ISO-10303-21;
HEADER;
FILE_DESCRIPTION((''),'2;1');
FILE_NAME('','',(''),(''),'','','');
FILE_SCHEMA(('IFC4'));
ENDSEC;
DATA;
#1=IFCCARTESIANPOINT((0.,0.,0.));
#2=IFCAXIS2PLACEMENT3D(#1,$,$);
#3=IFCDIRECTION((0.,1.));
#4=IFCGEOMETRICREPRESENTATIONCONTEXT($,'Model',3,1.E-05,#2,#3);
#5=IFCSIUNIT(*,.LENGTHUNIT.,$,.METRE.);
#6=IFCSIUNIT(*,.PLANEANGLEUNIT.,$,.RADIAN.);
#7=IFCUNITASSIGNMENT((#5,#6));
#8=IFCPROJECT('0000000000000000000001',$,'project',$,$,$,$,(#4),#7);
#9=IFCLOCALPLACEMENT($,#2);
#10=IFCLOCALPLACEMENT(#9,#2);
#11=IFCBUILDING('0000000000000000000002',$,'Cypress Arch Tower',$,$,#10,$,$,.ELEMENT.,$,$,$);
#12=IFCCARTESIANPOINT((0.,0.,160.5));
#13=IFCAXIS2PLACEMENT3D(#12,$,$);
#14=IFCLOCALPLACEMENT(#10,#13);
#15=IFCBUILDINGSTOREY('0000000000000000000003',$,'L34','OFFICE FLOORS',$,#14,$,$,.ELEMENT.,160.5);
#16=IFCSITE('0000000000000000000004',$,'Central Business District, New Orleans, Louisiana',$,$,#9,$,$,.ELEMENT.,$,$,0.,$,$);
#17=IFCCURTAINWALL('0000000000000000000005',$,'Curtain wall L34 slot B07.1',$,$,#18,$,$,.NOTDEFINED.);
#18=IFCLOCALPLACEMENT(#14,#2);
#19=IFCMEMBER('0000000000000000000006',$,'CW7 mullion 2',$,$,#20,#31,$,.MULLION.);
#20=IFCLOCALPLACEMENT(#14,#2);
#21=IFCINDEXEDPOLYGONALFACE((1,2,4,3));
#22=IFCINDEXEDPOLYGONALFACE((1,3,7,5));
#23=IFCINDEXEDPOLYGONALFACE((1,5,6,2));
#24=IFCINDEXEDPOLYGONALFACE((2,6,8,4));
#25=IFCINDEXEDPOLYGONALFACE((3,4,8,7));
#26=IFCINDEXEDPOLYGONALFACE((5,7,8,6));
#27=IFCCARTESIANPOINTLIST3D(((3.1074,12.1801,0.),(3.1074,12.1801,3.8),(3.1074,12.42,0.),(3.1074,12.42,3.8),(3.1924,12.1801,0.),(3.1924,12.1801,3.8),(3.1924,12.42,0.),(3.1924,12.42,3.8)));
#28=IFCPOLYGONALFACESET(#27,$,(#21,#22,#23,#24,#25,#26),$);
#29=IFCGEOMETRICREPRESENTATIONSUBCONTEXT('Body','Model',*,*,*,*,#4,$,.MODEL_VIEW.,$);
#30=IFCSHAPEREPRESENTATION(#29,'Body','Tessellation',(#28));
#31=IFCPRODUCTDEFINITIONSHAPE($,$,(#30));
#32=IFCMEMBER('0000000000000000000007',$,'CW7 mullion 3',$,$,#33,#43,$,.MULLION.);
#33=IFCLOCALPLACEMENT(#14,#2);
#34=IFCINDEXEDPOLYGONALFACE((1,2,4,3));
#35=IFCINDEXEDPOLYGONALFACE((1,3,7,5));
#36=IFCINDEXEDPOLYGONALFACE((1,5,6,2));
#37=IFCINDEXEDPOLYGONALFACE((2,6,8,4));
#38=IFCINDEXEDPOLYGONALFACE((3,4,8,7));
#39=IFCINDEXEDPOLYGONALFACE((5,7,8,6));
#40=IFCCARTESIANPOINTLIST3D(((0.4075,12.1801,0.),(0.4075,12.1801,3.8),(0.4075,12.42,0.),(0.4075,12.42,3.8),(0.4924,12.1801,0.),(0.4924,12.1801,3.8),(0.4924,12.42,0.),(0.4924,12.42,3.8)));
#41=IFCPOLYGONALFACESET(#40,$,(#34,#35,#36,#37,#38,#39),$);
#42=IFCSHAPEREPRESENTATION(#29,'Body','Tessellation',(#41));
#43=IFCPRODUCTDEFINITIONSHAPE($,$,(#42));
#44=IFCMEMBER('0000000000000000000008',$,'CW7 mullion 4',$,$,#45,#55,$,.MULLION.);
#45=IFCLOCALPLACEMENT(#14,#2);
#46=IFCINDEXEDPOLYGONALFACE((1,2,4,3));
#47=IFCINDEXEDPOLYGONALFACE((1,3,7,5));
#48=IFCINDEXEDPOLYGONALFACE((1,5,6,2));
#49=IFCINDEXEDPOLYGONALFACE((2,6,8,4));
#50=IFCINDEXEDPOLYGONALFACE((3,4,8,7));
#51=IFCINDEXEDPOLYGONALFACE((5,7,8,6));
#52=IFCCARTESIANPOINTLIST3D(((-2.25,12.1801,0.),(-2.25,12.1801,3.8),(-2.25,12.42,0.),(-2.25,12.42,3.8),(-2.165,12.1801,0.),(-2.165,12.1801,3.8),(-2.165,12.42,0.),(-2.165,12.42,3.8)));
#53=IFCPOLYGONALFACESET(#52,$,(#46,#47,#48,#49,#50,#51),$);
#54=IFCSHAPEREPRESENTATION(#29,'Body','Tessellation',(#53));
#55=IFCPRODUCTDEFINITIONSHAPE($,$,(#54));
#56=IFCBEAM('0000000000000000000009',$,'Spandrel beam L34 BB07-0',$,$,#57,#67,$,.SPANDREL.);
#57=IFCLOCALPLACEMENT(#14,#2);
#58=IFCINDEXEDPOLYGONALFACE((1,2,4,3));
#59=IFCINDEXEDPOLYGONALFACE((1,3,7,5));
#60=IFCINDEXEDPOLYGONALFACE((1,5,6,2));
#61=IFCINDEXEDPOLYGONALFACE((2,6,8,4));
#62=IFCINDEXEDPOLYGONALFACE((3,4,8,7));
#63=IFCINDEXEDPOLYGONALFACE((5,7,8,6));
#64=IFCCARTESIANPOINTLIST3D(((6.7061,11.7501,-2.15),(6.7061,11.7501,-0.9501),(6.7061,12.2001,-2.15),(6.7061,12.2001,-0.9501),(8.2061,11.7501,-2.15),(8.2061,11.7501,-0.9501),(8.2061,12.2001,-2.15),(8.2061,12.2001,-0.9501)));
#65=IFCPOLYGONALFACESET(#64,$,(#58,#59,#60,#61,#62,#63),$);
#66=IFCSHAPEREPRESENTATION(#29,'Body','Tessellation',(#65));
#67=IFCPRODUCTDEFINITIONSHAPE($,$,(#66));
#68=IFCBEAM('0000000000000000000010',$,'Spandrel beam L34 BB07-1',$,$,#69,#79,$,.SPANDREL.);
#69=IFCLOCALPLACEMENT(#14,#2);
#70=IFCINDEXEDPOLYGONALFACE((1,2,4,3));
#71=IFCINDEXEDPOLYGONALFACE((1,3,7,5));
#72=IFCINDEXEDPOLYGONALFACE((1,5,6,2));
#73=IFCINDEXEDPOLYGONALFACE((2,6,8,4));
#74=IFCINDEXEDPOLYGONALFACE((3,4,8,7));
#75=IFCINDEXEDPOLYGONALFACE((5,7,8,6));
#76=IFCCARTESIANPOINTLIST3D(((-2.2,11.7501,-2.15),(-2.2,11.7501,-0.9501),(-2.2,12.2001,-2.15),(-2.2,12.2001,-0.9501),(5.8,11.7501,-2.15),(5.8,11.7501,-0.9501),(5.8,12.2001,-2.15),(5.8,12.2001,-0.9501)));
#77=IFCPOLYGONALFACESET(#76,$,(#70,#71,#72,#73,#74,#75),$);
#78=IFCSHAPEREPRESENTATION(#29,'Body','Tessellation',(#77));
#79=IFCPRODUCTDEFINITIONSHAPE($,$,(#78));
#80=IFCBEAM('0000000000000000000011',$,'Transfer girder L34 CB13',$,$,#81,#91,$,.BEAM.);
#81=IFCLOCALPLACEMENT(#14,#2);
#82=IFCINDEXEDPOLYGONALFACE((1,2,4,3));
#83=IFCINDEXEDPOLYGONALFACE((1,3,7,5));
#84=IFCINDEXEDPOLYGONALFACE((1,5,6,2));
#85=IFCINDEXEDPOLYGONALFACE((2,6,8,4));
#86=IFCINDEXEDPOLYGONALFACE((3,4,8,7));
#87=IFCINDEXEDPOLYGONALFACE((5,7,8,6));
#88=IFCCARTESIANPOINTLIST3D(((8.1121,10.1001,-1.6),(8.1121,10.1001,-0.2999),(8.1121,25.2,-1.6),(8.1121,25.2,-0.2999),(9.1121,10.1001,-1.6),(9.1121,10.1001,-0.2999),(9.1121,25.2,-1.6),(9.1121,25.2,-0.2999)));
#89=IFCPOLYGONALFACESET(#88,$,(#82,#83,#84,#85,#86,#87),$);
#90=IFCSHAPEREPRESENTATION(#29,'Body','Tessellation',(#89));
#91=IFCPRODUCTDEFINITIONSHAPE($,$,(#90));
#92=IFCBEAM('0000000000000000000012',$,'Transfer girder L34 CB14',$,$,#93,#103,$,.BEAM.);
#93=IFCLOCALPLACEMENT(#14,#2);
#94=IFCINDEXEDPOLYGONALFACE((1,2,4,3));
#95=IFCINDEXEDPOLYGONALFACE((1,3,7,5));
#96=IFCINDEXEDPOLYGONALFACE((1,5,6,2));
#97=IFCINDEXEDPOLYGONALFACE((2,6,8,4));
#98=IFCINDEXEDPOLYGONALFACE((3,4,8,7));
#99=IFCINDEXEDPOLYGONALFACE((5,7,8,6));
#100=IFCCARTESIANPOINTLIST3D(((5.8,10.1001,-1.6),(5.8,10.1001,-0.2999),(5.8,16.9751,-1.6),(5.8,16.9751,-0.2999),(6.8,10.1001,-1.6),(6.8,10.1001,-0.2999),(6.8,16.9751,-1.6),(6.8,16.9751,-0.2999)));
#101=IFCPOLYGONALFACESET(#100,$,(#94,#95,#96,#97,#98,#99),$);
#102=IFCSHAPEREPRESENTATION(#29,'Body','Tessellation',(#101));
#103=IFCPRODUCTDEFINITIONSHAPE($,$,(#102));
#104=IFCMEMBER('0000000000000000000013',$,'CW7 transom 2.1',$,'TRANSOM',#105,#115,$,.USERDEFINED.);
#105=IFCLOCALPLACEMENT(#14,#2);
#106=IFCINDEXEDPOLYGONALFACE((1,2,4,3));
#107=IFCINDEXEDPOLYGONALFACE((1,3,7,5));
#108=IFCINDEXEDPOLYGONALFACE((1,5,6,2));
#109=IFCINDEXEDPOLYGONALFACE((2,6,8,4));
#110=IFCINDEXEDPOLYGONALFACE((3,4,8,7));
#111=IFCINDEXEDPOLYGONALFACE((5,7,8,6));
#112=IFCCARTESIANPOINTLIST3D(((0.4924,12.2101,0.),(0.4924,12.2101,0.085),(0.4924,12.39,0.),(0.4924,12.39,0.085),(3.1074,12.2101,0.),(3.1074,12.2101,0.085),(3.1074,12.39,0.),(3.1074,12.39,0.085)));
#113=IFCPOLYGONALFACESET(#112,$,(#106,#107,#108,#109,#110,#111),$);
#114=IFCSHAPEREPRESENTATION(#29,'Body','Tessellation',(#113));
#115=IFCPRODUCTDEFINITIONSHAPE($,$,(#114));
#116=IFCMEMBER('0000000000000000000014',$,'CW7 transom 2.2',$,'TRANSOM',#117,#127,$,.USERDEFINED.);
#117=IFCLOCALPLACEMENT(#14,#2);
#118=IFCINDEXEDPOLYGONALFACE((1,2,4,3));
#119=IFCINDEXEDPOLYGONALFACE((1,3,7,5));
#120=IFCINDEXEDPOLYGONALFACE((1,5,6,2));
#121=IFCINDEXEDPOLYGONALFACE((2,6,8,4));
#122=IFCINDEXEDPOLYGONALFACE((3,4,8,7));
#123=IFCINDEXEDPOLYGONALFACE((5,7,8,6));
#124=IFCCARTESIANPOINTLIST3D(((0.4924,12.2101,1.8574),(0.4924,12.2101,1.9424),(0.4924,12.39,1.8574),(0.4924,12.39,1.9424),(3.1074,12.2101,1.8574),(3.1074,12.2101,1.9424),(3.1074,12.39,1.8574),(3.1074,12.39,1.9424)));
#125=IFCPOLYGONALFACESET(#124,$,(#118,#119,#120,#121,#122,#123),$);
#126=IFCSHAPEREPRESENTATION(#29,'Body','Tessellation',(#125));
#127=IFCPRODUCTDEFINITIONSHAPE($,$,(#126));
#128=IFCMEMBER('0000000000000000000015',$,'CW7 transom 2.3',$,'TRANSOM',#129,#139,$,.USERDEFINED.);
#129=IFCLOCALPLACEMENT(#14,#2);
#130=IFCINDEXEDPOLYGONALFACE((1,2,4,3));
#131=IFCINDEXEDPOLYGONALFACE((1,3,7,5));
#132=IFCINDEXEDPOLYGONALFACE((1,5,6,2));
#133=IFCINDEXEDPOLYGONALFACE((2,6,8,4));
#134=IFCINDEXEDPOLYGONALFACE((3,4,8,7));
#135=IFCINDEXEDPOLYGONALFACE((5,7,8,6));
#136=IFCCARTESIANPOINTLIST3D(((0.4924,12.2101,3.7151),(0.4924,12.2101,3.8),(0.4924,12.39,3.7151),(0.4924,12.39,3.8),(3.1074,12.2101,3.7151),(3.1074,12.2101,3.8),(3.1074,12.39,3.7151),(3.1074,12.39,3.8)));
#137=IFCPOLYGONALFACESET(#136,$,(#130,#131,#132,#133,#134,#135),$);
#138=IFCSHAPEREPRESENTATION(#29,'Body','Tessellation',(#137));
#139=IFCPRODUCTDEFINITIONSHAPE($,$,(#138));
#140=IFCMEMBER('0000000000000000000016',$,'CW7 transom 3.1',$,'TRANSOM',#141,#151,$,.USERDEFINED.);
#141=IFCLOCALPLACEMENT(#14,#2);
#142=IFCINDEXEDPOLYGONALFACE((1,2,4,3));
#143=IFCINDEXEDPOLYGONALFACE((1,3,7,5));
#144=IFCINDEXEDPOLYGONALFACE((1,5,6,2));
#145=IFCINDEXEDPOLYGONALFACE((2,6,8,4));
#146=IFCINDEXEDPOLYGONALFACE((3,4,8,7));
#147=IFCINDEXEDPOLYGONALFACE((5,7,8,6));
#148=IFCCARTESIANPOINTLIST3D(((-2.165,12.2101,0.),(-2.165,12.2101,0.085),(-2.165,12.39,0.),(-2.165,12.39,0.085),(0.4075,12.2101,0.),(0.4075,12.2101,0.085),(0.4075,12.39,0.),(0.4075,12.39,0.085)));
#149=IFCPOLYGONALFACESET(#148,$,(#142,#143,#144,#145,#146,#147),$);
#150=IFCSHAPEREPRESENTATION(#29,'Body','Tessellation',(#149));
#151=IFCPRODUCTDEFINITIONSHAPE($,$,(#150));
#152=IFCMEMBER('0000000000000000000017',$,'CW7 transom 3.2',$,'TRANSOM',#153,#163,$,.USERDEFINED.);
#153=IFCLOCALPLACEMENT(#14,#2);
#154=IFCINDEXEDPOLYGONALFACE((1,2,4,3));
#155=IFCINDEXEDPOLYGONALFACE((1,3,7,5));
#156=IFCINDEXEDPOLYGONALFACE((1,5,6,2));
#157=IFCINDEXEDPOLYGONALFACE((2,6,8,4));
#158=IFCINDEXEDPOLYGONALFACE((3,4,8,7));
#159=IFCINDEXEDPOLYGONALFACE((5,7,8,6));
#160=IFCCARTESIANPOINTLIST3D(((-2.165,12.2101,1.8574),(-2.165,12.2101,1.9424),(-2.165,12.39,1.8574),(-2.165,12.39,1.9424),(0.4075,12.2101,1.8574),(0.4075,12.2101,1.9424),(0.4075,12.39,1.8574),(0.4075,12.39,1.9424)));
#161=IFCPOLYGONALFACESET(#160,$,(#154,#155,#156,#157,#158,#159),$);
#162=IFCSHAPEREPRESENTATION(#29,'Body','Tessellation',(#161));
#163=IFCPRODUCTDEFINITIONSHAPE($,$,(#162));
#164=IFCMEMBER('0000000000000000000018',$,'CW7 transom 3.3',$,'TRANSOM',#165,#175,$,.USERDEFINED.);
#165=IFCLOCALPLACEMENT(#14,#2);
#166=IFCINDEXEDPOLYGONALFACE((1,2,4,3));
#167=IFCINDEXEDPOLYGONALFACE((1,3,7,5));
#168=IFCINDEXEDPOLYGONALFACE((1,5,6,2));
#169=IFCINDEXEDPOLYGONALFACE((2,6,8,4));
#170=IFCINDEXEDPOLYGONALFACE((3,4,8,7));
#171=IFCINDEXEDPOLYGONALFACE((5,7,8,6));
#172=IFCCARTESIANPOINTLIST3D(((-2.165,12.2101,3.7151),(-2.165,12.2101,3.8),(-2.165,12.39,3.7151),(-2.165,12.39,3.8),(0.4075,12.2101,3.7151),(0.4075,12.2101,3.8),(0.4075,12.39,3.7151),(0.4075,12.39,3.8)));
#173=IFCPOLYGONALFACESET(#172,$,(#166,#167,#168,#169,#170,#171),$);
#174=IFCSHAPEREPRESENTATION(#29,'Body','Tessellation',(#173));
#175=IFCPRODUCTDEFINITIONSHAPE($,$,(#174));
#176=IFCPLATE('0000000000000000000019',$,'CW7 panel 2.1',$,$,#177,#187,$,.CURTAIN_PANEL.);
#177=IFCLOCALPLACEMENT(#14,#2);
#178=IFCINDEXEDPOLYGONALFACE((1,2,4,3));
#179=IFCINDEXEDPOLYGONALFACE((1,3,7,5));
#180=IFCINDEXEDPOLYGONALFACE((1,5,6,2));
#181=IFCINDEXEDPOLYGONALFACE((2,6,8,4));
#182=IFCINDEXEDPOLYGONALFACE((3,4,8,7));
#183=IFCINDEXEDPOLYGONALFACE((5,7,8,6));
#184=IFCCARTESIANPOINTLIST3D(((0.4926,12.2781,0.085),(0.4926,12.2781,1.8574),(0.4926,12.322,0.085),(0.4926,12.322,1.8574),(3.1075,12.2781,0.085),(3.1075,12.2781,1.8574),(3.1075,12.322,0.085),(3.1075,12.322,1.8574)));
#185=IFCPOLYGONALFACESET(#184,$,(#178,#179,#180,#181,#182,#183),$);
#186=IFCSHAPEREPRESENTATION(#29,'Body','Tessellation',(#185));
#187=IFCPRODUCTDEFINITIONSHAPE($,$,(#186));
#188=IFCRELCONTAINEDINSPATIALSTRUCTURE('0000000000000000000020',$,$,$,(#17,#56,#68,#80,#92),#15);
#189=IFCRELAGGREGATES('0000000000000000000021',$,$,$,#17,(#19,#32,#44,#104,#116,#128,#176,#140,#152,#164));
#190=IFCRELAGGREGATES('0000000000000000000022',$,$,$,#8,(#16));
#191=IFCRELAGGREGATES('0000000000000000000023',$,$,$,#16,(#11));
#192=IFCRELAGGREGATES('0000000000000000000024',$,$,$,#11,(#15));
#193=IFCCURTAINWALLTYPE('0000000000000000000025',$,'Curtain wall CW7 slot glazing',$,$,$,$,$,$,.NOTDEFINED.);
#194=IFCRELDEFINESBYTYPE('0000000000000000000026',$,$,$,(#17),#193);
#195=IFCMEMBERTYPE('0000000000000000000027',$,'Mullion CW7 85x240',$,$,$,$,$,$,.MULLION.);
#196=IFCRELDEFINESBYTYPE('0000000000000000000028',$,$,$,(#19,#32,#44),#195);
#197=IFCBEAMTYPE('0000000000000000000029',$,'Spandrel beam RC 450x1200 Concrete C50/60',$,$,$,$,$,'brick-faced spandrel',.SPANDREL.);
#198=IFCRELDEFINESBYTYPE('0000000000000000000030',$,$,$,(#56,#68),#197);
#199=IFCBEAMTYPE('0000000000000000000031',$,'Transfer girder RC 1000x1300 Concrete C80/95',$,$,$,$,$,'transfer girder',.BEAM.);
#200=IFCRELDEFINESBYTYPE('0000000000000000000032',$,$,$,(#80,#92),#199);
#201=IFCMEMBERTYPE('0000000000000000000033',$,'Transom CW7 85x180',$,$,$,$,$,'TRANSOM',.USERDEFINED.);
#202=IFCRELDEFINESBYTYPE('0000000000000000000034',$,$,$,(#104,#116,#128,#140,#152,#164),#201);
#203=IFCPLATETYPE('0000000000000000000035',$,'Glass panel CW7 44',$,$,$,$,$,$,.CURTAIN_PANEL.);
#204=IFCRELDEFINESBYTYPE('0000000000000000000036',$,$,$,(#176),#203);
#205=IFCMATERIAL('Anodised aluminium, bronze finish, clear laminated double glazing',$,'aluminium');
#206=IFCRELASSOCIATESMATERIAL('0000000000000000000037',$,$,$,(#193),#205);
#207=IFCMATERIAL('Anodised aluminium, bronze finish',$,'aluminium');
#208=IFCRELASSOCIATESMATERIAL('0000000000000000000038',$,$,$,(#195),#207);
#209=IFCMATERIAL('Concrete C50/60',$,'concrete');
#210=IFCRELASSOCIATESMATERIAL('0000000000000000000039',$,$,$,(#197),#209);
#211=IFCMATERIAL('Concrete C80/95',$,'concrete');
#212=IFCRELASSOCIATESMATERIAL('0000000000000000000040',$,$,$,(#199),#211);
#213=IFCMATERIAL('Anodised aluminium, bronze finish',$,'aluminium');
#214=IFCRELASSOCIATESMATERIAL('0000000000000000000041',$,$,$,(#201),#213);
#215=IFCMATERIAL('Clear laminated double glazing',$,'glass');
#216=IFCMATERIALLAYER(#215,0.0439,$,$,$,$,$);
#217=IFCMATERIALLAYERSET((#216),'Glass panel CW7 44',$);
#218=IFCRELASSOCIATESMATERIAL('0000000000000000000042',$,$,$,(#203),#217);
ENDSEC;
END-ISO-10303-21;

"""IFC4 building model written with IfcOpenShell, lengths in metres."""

from ifc_helpers import new_model, si_unit, direction, frame, origin, origin_2d, place, context, subcontext, project, spatial, rectangle, extrude, material, layer, layer_set, material_profile, profile_set, type_object, element, aggregate, save


model = new_model("IFC4")

# Units and contexts
model_context = context("Model", 3, precision=1e-05, world=origin(), true_north=direction((0.0, 1.0)))
body_context = subcontext(model_context, "Body", "Model", "MODEL_VIEW")
ifc_project = project(units=[si_unit("LENGTHUNIT", "METRE"), si_unit("PLANEANGLEUNIT", "RADIAN")], contexts=[model_context])

# Site, building, storey
site_placement = place(None, origin())
site = spatial("IfcSite", under=ifc_project, at=site_placement, Name="Central Business District, New Orleans, Louisiana", CompositionType="ELEMENT", RefElevation=0.0)
building_placement = place(site_placement, origin())
building = spatial("IfcBuilding", under=site, at=building_placement, Name="Cypress Arch Tower", CompositionType="ELEMENT")
storey_placement = place(building_placement, frame((0.0, 0.0, 160.5)))
storey = spatial("IfcBuildingStorey", under=building, at=storey_placement, Name="L34", Description="OFFICE FLOORS", CompositionType="ELEMENT", Elevation=160.5)

# Curtain wall, members
ifc_material_1 = material(Name="Anodised aluminium, bronze finish, clear laminated double glazing", Category="aluminium")
curtain_wall_type = type_object("IfcCurtainWallType", Name="Curtain wall CW7 slot glazing", PredefinedType="NOTDEFINED", material=ifc_material_1)
curtain_wall_placement = place(storey_placement, origin())
curtain_wall = element("IfcCurtainWall", 1, at=curtain_wall_placement, inside=storey, type_object=curtain_wall_type, Name="Curtain wall L34 slot B07.1", PredefinedType="NOTDEFINED")
ifc_material_2 = material(Name="Anodised aluminium, bronze finish", Category="aluminium")
ifc_material_profile_1 = material_profile(ifc_material_2, rectangle(XDim=0.24, YDim=0.085, at=origin_2d()), Name="Mullion 85x240")
ifc_profile_set_1 = profile_set([ifc_material_profile_1], Name="Anodised aluminium, bronze finish")
member_type_1 = type_object("IfcMemberType", Name="Mullion CW7 85x240", PredefinedType="MULLION", material=ifc_profile_set_1)
member_1_placement = place(storey_placement, frame((3.1499, 12.3, 0.0), z_axis=(0.0, 0.0, 1.0), x_axis=(0.0, -1.0, 0.0)))
member_1 = element("IfcMember", 2, at=member_1_placement, type_object=member_type_1, Name="CW7 mullion 2", PredefinedType="MULLION", context=body_context, shape_type="SweptSolid", body=[
    extrude(rectangle(XDim=0.24, YDim=0.085, at=origin_2d()), origin(), (0.0, 0.0, 1.0), 3.8),
])
member_2_placement = place(storey_placement, frame((0.45, 12.3, 0.0), z_axis=(0.0, 0.0, 1.0), x_axis=(0.0, -1.0, 0.0)))
member_2 = element("IfcMember", 3, at=member_2_placement, type_object=member_type_1, Name="CW7 mullion 3", PredefinedType="MULLION", context=body_context, shape_type="SweptSolid", body=[
    extrude(rectangle(XDim=0.24, YDim=0.085, at=origin_2d()), origin(), (0.0, 0.0, 1.0), 3.8),
])
member_3_placement = place(storey_placement, frame((-2.2075, 12.3, 0.0), z_axis=(0.0, 0.0, 1.0), x_axis=(0.0, -1.0, 0.0)))
member_3 = element("IfcMember", 4, at=member_3_placement, type_object=member_type_1, Name="CW7 mullion 4", PredefinedType="MULLION", context=body_context, shape_type="SweptSolid", body=[
    extrude(rectangle(XDim=0.24, YDim=0.085, at=origin_2d()), origin(), (0.0, 0.0, 1.0), 3.8),
])

# Beams
ifc_material_3 = material(Name="Concrete C50/60", Category="concrete")
ifc_material_profile_2 = material_profile(ifc_material_3, rectangle(XDim=0.45, YDim=1.2, at=origin_2d()), Name="RC 450x1200")
ifc_profile_set_2 = profile_set([ifc_material_profile_2], Name="Concrete C50/60")
beam_type_1 = type_object("IfcBeamType", Name="Spandrel beam RC 450x1200 Concrete C50/60", ElementType="brick-faced spandrel", PredefinedType="SPANDREL", material=ifc_profile_set_2)
beam_1_placement = place(storey_placement, frame((8.2061, 11.9751, -1.55), z_axis=(-1.0, 0.0, 0.0), x_axis=(0.0, -1.0, 0.0)))
element("IfcBeam", 5, at=beam_1_placement, inside=storey, type_object=beam_type_1, Name="Spandrel beam L34 BB07-0", PredefinedType="SPANDREL", context=body_context, shape_type="SweptSolid", body=[
    extrude(rectangle(XDim=0.45, YDim=1.2, at=origin_2d()), origin(), (0.0, 0.0, 1.0), 1.5),
])
beam_2_placement = place(storey_placement, frame((5.8, 11.9751, -1.55), z_axis=(-1.0, 0.0, 0.0), x_axis=(0.0, -1.0, 0.0)))
element("IfcBeam", 6, at=beam_2_placement, inside=storey, type_object=beam_type_1, Name="Spandrel beam L34 BB07-1", PredefinedType="SPANDREL", context=body_context, shape_type="SweptSolid", body=[
    extrude(rectangle(XDim=0.45, YDim=1.2, at=origin_2d()), origin(), (0.0, 0.0, 1.0), 8.0),
])
ifc_material_4 = material(Name="Concrete C80/95", Category="concrete")
ifc_material_profile_3 = material_profile(ifc_material_4, rectangle(XDim=1.0, YDim=1.3, at=origin_2d()), Name="RC 1000x1300")
ifc_profile_set_3 = profile_set([ifc_material_profile_3], Name="Concrete C80/95")
beam_type_2 = type_object("IfcBeamType", Name="Transfer girder RC 1000x1300 Concrete C80/95", ElementType="transfer girder", PredefinedType="BEAM", material=ifc_profile_set_3)
beam_3_placement = place(storey_placement, frame((8.6121, 10.1001, -0.95), z_axis=(0.0, 1.0, 0.0), x_axis=(-1.0, 0.0, 0.0)))
element("IfcBeam", 7, at=beam_3_placement, inside=storey, type_object=beam_type_2, Name="Transfer girder L34 CB13", PredefinedType="BEAM", context=body_context, shape_type="SweptSolid", body=[
    extrude(rectangle(XDim=1.0, YDim=1.3, at=origin_2d()), origin(), (0.0, 0.0, 1.0), 15.0999),
])
beam_4_placement = place(storey_placement, frame((6.3, 10.1001, -0.95), z_axis=(0.0, 1.0, 0.0), x_axis=(-1.0, 0.0, 0.0)))
element("IfcBeam", 8, at=beam_4_placement, inside=storey, type_object=beam_type_2, Name="Transfer girder L34 CB14", PredefinedType="BEAM", context=body_context, shape_type="SweptSolid", body=[
    extrude(rectangle(XDim=1.0, YDim=1.3, at=origin_2d()), origin(), (0.0, 0.0, 1.0), 6.875),
])

# Members
ifc_material_5 = material(Name="Anodised aluminium, bronze finish", Category="aluminium")
ifc_material_profile_4 = material_profile(ifc_material_5, rectangle(XDim=0.1799, YDim=0.085, at=origin_2d()), Name="Transom 85x180")
ifc_profile_set_4 = profile_set([ifc_material_profile_4], Name="Anodised aluminium, bronze finish")
member_type_2 = type_object("IfcMemberType", Name="Transom CW7 85x180", ElementType="TRANSOM", PredefinedType="USERDEFINED", material=ifc_profile_set_4)
member_4_placement = place(storey_placement, frame((3.1074, 12.3, 0.0425), z_axis=(-1.0, 0.0, 0.0), x_axis=(0.0, -1.0, 0.0)))
member_4 = element("IfcMember", 9, at=member_4_placement, type_object=member_type_2, Name="CW7 transom 2.1", ObjectType="TRANSOM", PredefinedType="USERDEFINED", context=body_context, shape_type="SweptSolid", body=[
    extrude(rectangle(XDim=0.1799, YDim=0.085, at=origin_2d()), origin(), (0.0, 0.0, 1.0), 2.615),
])
member_5_placement = place(storey_placement, frame((3.1074, 12.3, 1.8999), z_axis=(-1.0, 0.0, 0.0), x_axis=(0.0, -1.0, 0.0)))
member_5 = element("IfcMember", 10, at=member_5_placement, type_object=member_type_2, Name="CW7 transom 2.2", ObjectType="TRANSOM", PredefinedType="USERDEFINED", context=body_context, shape_type="SweptSolid", body=[
    extrude(rectangle(XDim=0.1799, YDim=0.085, at=origin_2d()), origin(), (0.0, 0.0, 1.0), 2.615),
])
member_6_placement = place(storey_placement, frame((3.1074, 12.3, 3.7576), z_axis=(-1.0, 0.0, 0.0), x_axis=(0.0, -1.0, 0.0)))
member_6 = element("IfcMember", 11, at=member_6_placement, type_object=member_type_2, Name="CW7 transom 2.3", ObjectType="TRANSOM", PredefinedType="USERDEFINED", context=body_context, shape_type="SweptSolid", body=[
    extrude(rectangle(XDim=0.1799, YDim=0.085, at=origin_2d()), origin(), (0.0, 0.0, 1.0), 2.615),
])
member_7_placement = place(storey_placement, frame((0.4075, 12.3, 0.0425), z_axis=(-1.0, 0.0, 0.0), x_axis=(0.0, -1.0, 0.0)))
member_7 = element("IfcMember", 12, at=member_7_placement, type_object=member_type_2, Name="CW7 transom 3.1", ObjectType="TRANSOM", PredefinedType="USERDEFINED", context=body_context, shape_type="SweptSolid", body=[
    extrude(rectangle(XDim=0.1799, YDim=0.085, at=origin_2d()), origin(), (0.0, 0.0, 1.0), 2.5725),
])
member_8_placement = place(storey_placement, frame((0.4075, 12.3, 1.8999), z_axis=(-1.0, 0.0, 0.0), x_axis=(0.0, -1.0, 0.0)))
member_8 = element("IfcMember", 13, at=member_8_placement, type_object=member_type_2, Name="CW7 transom 3.2", ObjectType="TRANSOM", PredefinedType="USERDEFINED", context=body_context, shape_type="SweptSolid", body=[
    extrude(rectangle(XDim=0.1799, YDim=0.085, at=origin_2d()), origin(), (0.0, 0.0, 1.0), 2.5725),
])
member_9_placement = place(storey_placement, frame((0.4075, 12.3, 3.7576), z_axis=(-1.0, 0.0, 0.0), x_axis=(0.0, -1.0, 0.0)))
member_9 = element("IfcMember", 14, at=member_9_placement, type_object=member_type_2, Name="CW7 transom 3.3", ObjectType="TRANSOM", PredefinedType="USERDEFINED", context=body_context, shape_type="SweptSolid", body=[
    extrude(rectangle(XDim=0.1799, YDim=0.085, at=origin_2d()), origin(), (0.0, 0.0, 1.0), 2.5725),
])

# Plate
ifc_material_6 = material(Name="Clear laminated double glazing", Category="glass")
ifc_layer_1 = layer(ifc_material_6, 0.0439)
ifc_layer_set_1 = layer_set([ifc_layer_1], Name="Glass panel CW7 44")
plate_type = type_object("IfcPlateType", Name="Glass panel CW7 44", PredefinedType="CURTAIN_PANEL", material=ifc_layer_set_1)
plate_1_placement = place(storey_placement, frame((1.8, 12.3, 0.085), z_axis=(0.0, 0.0, 1.0), x_axis=(-1.0, 0.0, 0.0)))
plate_1 = element("IfcPlate", 15, at=plate_1_placement, type_object=plate_type, Name="CW7 panel 2.1", PredefinedType="CURTAIN_PANEL", context=body_context, shape_type="SweptSolid", body=[
    extrude(rectangle(XDim=2.615, YDim=0.0439, at=origin_2d()), origin(), (0.0, 0.0, 1.0), 1.7725),
])
aggregate(curtain_wall, [member_1, member_2, member_3, member_4, member_5, member_6, plate_1, member_7, member_8, member_9])

save(model, "model.ifc")
